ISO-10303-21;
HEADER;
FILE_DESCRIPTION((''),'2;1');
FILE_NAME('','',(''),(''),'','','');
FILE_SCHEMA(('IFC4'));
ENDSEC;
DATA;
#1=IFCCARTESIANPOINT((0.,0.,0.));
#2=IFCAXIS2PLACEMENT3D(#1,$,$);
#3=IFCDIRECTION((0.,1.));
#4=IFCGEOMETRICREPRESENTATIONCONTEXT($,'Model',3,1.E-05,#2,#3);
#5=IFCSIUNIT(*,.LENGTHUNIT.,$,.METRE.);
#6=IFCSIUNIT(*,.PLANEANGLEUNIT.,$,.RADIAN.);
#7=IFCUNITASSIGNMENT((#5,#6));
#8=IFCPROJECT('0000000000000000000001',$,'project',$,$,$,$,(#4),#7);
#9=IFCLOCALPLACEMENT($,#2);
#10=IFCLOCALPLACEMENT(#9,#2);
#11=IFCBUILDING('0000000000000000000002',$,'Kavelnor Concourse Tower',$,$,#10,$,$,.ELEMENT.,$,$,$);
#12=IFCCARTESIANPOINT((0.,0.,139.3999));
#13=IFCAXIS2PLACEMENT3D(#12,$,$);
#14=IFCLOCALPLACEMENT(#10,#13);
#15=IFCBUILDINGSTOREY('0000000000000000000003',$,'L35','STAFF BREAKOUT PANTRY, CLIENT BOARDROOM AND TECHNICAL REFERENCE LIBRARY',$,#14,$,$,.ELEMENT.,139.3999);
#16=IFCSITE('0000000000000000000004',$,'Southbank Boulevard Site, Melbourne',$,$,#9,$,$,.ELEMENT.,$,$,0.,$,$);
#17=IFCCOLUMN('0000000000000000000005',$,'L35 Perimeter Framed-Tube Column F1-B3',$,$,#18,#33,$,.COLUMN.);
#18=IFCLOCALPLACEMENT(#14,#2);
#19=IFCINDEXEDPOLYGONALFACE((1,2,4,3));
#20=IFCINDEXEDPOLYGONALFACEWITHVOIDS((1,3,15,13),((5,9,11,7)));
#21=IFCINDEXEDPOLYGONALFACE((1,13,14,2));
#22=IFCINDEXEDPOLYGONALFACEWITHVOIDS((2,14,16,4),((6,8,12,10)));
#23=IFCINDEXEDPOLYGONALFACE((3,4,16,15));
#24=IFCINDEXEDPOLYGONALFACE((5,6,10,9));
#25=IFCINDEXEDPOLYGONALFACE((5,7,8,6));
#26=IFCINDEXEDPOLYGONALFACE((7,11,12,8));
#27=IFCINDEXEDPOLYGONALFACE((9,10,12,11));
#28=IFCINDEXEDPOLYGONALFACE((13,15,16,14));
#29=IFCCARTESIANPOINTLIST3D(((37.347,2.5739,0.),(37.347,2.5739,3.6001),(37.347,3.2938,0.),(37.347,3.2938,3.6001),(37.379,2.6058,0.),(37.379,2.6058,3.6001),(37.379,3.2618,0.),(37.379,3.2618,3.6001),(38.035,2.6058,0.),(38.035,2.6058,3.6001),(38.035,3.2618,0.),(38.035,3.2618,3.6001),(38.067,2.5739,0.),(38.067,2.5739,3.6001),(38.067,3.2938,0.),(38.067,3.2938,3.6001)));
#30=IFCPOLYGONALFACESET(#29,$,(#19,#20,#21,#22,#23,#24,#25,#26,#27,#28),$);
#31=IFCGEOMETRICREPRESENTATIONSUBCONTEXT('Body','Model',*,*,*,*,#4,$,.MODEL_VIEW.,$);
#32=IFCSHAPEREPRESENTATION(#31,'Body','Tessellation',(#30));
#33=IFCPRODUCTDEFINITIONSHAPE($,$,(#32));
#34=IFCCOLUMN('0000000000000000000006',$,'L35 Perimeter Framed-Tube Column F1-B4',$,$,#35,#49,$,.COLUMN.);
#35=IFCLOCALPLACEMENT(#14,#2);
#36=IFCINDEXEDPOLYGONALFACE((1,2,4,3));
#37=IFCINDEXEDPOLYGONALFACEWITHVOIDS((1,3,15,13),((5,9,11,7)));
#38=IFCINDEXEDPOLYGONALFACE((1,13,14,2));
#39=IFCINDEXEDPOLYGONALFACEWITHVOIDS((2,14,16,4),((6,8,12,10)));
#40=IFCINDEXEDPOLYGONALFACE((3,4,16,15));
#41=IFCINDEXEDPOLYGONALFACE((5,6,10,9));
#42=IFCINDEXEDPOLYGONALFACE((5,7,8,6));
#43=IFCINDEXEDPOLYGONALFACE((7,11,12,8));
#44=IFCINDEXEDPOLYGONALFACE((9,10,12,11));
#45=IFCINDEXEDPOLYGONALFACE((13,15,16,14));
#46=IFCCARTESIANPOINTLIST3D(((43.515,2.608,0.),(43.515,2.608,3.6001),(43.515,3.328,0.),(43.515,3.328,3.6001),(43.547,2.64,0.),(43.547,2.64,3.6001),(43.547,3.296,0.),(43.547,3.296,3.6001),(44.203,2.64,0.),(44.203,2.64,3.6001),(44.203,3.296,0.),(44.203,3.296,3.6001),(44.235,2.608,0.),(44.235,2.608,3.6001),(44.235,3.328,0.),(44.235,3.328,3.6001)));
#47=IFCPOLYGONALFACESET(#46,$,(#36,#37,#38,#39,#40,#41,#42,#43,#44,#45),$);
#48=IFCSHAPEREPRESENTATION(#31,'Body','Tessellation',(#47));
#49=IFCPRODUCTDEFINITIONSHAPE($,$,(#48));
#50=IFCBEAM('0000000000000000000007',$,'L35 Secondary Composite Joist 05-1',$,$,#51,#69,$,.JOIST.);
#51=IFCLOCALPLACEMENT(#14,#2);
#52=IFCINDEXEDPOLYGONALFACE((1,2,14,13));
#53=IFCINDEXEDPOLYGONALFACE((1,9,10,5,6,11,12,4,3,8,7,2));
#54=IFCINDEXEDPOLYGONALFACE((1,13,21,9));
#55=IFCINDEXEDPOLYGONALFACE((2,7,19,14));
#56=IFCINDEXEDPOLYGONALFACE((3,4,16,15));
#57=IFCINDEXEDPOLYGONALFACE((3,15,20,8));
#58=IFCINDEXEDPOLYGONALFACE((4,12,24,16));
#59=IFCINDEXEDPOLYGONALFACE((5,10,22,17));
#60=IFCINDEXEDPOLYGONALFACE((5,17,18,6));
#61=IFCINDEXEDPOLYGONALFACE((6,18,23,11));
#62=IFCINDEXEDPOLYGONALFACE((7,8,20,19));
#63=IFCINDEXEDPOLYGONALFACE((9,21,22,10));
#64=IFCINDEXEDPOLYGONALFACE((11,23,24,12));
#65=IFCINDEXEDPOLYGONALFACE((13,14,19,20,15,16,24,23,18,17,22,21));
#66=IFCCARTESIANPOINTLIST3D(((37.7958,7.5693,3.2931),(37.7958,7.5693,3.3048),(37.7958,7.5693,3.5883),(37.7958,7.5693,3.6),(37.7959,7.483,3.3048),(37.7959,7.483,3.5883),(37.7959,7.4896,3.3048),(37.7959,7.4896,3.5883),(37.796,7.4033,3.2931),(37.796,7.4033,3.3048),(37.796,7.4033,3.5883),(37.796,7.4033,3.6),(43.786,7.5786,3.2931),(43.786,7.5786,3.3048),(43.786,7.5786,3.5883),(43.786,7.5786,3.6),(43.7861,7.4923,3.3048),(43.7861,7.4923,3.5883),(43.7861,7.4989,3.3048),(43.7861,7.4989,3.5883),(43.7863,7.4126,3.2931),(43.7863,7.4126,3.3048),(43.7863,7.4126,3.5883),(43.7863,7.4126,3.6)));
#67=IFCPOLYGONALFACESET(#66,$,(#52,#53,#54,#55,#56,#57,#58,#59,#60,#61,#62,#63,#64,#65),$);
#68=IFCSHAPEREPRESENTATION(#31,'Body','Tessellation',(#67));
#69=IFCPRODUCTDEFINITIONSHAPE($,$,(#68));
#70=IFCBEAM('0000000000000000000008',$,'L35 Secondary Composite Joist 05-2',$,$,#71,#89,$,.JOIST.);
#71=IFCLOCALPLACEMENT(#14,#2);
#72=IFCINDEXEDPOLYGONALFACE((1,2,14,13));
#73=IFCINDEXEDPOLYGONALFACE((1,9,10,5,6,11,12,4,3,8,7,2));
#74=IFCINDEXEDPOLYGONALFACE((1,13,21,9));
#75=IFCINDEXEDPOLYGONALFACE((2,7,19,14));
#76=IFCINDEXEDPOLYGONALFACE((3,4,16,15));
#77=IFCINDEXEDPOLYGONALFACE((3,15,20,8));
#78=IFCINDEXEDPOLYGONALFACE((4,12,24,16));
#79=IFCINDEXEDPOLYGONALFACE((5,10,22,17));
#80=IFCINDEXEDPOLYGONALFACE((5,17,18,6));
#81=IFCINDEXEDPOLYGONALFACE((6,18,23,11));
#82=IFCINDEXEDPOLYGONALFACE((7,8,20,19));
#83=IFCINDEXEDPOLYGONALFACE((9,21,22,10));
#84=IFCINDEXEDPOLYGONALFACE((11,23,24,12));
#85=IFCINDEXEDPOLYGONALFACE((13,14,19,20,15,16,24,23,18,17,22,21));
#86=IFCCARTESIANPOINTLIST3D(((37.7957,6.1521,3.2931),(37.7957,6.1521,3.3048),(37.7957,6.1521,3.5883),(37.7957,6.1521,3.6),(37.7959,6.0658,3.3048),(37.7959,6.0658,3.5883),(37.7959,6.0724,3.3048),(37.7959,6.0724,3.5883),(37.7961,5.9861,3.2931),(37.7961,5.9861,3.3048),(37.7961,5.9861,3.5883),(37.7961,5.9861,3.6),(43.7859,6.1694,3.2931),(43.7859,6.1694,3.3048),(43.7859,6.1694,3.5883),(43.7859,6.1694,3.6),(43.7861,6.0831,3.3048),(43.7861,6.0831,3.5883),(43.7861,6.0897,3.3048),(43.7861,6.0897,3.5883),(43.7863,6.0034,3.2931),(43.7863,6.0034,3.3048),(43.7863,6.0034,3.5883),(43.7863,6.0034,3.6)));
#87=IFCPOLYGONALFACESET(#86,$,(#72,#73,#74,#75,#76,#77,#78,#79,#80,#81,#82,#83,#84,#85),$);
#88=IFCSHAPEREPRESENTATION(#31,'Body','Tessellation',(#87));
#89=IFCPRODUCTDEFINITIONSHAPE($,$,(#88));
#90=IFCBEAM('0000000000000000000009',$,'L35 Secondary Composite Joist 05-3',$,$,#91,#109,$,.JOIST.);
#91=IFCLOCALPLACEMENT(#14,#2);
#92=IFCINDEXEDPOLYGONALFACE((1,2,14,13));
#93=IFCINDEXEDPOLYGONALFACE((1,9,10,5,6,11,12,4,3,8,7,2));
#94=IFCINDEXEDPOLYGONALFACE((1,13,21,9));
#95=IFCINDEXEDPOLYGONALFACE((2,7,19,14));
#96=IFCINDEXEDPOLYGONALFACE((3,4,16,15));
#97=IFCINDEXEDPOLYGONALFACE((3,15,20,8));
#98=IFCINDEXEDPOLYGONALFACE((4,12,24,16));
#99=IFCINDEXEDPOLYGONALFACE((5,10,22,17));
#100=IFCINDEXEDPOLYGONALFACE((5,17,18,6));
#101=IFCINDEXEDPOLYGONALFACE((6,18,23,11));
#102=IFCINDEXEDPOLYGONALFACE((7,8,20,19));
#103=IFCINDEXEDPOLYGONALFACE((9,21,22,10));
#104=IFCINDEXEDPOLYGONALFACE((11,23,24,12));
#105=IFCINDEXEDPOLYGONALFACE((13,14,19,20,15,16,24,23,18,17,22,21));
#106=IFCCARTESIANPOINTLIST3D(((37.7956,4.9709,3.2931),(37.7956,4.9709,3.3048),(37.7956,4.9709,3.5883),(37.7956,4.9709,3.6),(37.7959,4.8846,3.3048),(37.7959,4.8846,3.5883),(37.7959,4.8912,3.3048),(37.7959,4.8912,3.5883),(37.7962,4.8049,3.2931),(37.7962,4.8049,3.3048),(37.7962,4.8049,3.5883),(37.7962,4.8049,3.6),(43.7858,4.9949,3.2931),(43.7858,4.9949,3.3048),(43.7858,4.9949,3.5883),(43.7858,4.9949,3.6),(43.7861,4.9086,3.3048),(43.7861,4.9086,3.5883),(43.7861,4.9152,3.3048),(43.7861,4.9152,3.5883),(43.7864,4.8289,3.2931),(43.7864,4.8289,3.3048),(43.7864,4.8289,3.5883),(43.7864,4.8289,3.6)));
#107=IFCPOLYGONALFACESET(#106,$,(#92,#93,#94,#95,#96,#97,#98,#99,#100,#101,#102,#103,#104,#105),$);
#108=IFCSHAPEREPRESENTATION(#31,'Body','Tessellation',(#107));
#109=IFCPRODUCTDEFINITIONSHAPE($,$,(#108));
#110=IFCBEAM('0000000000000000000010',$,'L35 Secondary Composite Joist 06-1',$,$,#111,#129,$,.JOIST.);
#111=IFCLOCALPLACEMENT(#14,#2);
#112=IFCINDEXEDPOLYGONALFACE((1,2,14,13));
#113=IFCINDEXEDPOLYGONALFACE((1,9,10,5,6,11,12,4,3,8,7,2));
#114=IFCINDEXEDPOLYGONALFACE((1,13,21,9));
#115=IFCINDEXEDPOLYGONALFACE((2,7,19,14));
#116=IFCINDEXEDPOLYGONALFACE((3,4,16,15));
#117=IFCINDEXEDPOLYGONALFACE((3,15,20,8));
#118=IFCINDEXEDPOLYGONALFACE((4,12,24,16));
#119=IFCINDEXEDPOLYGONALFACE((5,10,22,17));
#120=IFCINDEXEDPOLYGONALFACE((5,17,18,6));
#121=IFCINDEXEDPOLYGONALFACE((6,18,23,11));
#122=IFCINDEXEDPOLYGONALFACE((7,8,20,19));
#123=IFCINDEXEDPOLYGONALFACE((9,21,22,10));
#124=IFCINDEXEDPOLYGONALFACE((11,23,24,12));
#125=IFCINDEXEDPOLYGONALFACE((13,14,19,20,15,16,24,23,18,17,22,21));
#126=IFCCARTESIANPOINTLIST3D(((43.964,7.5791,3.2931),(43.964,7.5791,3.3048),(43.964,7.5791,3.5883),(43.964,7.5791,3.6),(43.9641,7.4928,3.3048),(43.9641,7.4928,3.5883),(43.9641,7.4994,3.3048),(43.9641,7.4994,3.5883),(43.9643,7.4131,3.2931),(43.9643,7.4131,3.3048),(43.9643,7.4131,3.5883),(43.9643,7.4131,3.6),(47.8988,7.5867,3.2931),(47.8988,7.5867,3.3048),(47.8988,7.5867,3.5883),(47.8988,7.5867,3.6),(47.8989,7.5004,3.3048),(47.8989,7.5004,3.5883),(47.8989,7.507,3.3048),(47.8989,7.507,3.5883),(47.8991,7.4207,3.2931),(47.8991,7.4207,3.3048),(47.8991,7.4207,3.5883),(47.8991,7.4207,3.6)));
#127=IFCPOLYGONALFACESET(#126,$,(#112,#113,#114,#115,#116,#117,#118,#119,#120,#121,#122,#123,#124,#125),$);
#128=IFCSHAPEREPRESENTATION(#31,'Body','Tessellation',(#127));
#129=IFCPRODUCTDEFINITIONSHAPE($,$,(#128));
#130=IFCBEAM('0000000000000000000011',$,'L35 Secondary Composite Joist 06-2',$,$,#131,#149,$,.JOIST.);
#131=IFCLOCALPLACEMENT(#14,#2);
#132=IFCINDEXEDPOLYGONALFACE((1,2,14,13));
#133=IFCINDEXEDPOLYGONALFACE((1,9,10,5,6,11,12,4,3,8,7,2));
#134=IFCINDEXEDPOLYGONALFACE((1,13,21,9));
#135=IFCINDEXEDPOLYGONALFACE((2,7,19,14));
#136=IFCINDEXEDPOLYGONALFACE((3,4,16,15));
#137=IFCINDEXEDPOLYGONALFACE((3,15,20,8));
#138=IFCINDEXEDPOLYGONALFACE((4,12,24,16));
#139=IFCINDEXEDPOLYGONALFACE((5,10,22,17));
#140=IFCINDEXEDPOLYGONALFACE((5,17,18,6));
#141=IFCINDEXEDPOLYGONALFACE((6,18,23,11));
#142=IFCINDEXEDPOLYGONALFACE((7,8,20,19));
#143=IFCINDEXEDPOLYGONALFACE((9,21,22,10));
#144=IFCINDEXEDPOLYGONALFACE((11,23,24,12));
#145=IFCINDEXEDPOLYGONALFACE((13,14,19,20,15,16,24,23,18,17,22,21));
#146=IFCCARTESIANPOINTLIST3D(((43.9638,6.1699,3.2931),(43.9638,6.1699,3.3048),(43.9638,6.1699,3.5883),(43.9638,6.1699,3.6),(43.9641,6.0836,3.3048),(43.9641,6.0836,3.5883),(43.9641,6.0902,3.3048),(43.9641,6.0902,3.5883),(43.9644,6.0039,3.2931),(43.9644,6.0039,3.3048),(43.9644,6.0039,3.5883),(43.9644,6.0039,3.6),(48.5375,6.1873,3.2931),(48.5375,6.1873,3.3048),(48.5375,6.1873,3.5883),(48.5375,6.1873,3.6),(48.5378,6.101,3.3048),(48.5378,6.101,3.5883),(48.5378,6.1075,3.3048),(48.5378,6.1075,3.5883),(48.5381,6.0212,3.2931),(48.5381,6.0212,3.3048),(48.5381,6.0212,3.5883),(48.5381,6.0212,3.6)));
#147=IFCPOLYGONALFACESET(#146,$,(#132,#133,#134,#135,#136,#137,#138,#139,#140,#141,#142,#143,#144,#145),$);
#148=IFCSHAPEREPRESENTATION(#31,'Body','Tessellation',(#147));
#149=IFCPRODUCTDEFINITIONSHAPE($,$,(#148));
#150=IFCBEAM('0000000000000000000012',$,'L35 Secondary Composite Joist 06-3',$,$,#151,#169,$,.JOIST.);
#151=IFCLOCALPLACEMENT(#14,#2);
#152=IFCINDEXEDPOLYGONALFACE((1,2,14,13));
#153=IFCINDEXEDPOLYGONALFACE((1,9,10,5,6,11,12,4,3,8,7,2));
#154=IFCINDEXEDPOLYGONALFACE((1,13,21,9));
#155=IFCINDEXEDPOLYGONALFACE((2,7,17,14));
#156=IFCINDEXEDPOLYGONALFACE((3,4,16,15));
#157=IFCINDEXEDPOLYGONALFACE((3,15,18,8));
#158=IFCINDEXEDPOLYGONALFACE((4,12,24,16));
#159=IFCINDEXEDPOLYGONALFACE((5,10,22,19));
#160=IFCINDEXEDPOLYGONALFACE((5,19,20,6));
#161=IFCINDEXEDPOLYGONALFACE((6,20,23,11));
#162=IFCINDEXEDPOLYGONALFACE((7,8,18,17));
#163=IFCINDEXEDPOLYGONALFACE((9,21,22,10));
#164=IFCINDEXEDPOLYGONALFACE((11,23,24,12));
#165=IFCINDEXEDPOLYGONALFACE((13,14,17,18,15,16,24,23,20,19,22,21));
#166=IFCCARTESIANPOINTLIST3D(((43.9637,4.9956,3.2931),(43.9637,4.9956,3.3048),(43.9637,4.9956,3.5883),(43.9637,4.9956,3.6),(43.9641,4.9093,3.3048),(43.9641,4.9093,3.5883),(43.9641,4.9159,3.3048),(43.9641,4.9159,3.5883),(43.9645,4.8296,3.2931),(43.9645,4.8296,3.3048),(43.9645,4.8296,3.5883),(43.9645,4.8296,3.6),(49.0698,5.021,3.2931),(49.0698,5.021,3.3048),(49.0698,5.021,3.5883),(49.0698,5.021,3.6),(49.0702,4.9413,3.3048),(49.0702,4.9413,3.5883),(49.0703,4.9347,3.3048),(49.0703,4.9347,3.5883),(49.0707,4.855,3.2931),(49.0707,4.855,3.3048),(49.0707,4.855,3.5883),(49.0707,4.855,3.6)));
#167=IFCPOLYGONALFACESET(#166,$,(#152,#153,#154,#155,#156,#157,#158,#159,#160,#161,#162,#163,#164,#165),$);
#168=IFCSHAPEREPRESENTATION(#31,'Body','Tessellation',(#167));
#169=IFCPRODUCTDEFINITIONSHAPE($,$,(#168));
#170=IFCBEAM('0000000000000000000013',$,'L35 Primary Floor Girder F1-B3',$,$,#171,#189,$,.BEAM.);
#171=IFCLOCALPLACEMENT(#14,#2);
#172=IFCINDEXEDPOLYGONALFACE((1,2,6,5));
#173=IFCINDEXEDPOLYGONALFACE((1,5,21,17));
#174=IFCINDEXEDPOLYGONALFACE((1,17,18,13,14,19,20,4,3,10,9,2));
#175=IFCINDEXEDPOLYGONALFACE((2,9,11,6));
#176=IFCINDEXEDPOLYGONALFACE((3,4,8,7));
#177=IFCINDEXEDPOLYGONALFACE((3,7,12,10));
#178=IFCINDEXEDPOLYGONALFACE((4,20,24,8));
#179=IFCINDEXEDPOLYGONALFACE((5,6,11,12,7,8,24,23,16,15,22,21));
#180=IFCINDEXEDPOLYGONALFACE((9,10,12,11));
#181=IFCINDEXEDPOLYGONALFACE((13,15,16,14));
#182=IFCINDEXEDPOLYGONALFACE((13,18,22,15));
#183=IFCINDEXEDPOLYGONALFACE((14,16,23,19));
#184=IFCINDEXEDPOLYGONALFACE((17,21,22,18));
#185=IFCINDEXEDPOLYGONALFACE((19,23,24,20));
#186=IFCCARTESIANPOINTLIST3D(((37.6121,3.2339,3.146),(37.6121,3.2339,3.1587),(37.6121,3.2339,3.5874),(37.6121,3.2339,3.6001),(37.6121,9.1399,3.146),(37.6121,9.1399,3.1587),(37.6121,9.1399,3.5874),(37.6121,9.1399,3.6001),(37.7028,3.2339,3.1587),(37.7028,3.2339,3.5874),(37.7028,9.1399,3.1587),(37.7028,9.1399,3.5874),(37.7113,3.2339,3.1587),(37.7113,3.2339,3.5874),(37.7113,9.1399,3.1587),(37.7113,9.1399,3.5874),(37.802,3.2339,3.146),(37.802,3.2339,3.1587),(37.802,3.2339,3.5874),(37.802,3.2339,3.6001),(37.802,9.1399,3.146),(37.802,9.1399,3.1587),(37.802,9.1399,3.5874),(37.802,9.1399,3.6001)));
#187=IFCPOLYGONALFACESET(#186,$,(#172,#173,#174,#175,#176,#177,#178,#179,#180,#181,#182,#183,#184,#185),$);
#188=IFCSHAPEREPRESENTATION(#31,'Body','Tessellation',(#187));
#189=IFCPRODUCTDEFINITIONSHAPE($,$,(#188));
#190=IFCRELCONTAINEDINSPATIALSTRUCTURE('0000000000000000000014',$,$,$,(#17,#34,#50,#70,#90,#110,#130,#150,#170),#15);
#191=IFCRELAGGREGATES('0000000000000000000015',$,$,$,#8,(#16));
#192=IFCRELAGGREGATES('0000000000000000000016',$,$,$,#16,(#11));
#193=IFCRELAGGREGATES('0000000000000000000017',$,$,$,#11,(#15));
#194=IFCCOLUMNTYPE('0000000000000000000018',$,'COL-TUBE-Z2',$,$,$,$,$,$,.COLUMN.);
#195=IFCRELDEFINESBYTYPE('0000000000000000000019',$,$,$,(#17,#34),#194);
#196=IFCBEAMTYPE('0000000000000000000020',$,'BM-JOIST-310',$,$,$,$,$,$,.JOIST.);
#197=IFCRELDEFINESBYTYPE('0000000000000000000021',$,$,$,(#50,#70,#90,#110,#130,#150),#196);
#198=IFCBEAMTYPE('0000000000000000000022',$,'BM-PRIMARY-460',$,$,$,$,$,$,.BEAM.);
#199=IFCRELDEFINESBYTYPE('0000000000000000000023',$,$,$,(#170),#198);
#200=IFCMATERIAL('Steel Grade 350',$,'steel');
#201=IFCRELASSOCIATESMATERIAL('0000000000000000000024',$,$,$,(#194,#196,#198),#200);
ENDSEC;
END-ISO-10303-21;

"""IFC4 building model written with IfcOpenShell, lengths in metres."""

from ifc_helpers import new_model, si_unit, direction, frame, origin, origin_2d, place, context, subcontext, project, spatial, hollow_rectangle, i_section, extrude, material, material_profile, profile_set, type_object, element, save


model = new_model("IFC4")

# Units and contexts
model_context = context("Model", 3, precision=1e-05, world=origin(), true_north=direction((0.0, 1.0)))
body_context = subcontext(model_context, "Body", "Model", "MODEL_VIEW")
ifc_project = project(units=[si_unit("LENGTHUNIT", "METRE"), si_unit("PLANEANGLEUNIT", "RADIAN")], contexts=[model_context])

# Site, building, storey
site_placement = place(None, origin())
site = spatial("IfcSite", under=ifc_project, at=site_placement, Name="Southbank Boulevard Site, Melbourne", CompositionType="ELEMENT", RefElevation=0.0)
building_placement = place(site_placement, origin())
building = spatial("IfcBuilding", under=site, at=building_placement, Name="Kavelnor Concourse Tower", CompositionType="ELEMENT")
storey_placement = place(building_placement, frame((0.0, 0.0, 139.3999)))
storey = spatial("IfcBuildingStorey", under=building, at=storey_placement, Name="L35", Description="STAFF BREAKOUT PANTRY, CLIENT BOARDROOM AND TECHNICAL REFERENCE LIBRARY", CompositionType="ELEMENT", Elevation=139.3999)

# Columns
ifc_material_1 = material(Name="Steel Grade 350", Category="steel")
ifc_material_profile_1 = material_profile(ifc_material_1, hollow_rectangle(XDim=0.72, YDim=0.72, WallThickness=0.032, at=origin_2d()), Name="SHS 720x720x32")
ifc_profile_set_1 = profile_set([ifc_material_profile_1], Name="Steel Grade 350")
column_type = type_object("IfcColumnType", Name="COL-TUBE-Z2", PredefinedType="COLUMN", material=ifc_profile_set_1)
for number, where, z_axis, x_axis, name in (
    (1, (37.707, 2.9338, 0.0), (0.0, 0.0, 1.0), (1.0, 0.0, 0.0), "L35 Perimeter Framed-Tube Column F1-B3"),
    (2, (43.875, 2.968, 0.0), (0.0, 0.0, 1.0), (1.0, 0.0, 0.0), "L35 Perimeter Framed-Tube Column F1-B4"),
):
    element("IfcColumn", number, at=place(storey_placement, frame(where, z_axis=z_axis, x_axis=x_axis)), inside=storey, type_object=column_type, Name=name, PredefinedType="COLUMN", context=body_context, shape_type="SweptSolid", body=[
        extrude(hollow_rectangle(XDim=0.72, YDim=0.72, WallThickness=0.032, at=origin_2d()), origin(), (0.0, 0.0, 1.0), 3.6001),
    ])

# Beams
ifc_material_profile_2 = material_profile(ifc_material_1, i_section(OverallWidth=0.166, OverallDepth=0.3069, WebThickness=0.0066, FlangeThickness=0.0117, at=origin_2d()), Name="310UB46")
ifc_profile_set_2 = profile_set([ifc_material_profile_2], Name="Steel Grade 350")
beam_type_1 = type_object("IfcBeamType", Name="BM-JOIST-310", PredefinedType="JOIST", material=ifc_profile_set_2)
for number, where, z_axis, x_axis, name in (
    (3, (37.7959, 7.4863, 3.4465), (0.999999, 0.001549, 0.0), (-0.001549, 0.999999, 0.0), "L35 Secondary Composite Joist 05-1"),
    (4, (37.7959, 6.0691, 3.4465), (0.999996, 0.002894, 0.0), (-0.002894, 0.999996, 0.0), "L35 Secondary Composite Joist 05-2"),
    (5, (37.7959, 4.8879, 3.4465), (0.999992, 0.003994, 0.0), (-0.003994, 0.999992, 0.0), "L35 Secondary Composite Joist 05-3"),
):
    element("IfcBeam", number, at=place(storey_placement, frame(where, z_axis=z_axis, x_axis=x_axis)), inside=storey, type_object=beam_type_1, Name=name, PredefinedType="JOIST", context=body_context, shape_type="SweptSolid", body=[
        extrude(i_section(OverallWidth=0.166, OverallDepth=0.3069, WebThickness=0.0066, FlangeThickness=0.0117, at=origin_2d()), origin(), (0.0, 0.0, 1.0), 5.9902),
    ])
beam_1_placement = place(storey_placement, frame((43.9641, 7.4961, 3.4465), z_axis=(0.999998, 0.001923, 0.0), x_axis=(-0.001923, 0.999998, 0.0)))
element("IfcBeam", 6, at=beam_1_placement, inside=storey, type_object=beam_type_1, Name="L35 Secondary Composite Joist 06-1", PredefinedType="JOIST", context=body_context, shape_type="SweptSolid", body=[
    extrude(i_section(OverallWidth=0.166, OverallDepth=0.3069, WebThickness=0.0066, FlangeThickness=0.0117, at=origin_2d()), origin(), (0.0, 0.0, 1.0), 3.9348),
])
beam_2_placement = place(storey_placement, frame((43.9641, 6.0869, 3.4465), z_axis=(0.999993, 0.00379, 0.0), x_axis=(-0.00379, 0.999993, 0.0)))
element("IfcBeam", 7, at=beam_2_placement, inside=storey, type_object=beam_type_1, Name="L35 Secondary Composite Joist 06-2", PredefinedType="JOIST", context=body_context, shape_type="SweptSolid", body=[
    extrude(i_section(OverallWidth=0.166, OverallDepth=0.3069, WebThickness=0.0066, FlangeThickness=0.0117, at=origin_2d()), origin(), (0.0, 0.0, 1.0), 4.5737),
])
beam_3_placement = place(storey_placement, frame((43.9641, 4.9126, 3.4465), z_axis=(0.999988, 0.004972, 0.0), x_axis=(-0.004972, 0.999988, 0.0)))
element("IfcBeam", 8, at=beam_3_placement, inside=storey, type_object=beam_type_1, Name="L35 Secondary Composite Joist 06-3", PredefinedType="JOIST", context=body_context, shape_type="SweptSolid", body=[
    extrude(i_section(OverallWidth=0.166, OverallDepth=0.3069, WebThickness=0.0066, FlangeThickness=0.0117, at=origin_2d()), origin(), (0.0, 0.0, 1.0), 5.1062),
])
ifc_material_profile_3 = material_profile(ifc_material_1, i_section(OverallWidth=0.1899, OverallDepth=0.4541, WebThickness=0.0085, FlangeThickness=0.0127, at=origin_2d()), Name="460UB67")
ifc_profile_set_3 = profile_set([ifc_material_profile_3], Name="Steel Grade 350")
beam_type_2 = type_object("IfcBeamType", Name="BM-PRIMARY-460", PredefinedType="BEAM", material=ifc_profile_set_3)
beam_4_placement = place(storey_placement, frame((37.707, 9.1399, 3.373), z_axis=(0.0, -1.0, 0.0), x_axis=(1.0, 0.0, 0.0)))
element("IfcBeam", 9, at=beam_4_placement, inside=storey, type_object=beam_type_2, Name="L35 Primary Floor Girder F1-B3", PredefinedType="BEAM", context=body_context, shape_type="SweptSolid", body=[
    extrude(i_section(OverallWidth=0.1899, OverallDepth=0.4541, WebThickness=0.0085, FlangeThickness=0.0127, at=origin_2d()), origin(), (0.0, 0.0, 1.0), 5.906),
])

save(model, "model.ifc")
